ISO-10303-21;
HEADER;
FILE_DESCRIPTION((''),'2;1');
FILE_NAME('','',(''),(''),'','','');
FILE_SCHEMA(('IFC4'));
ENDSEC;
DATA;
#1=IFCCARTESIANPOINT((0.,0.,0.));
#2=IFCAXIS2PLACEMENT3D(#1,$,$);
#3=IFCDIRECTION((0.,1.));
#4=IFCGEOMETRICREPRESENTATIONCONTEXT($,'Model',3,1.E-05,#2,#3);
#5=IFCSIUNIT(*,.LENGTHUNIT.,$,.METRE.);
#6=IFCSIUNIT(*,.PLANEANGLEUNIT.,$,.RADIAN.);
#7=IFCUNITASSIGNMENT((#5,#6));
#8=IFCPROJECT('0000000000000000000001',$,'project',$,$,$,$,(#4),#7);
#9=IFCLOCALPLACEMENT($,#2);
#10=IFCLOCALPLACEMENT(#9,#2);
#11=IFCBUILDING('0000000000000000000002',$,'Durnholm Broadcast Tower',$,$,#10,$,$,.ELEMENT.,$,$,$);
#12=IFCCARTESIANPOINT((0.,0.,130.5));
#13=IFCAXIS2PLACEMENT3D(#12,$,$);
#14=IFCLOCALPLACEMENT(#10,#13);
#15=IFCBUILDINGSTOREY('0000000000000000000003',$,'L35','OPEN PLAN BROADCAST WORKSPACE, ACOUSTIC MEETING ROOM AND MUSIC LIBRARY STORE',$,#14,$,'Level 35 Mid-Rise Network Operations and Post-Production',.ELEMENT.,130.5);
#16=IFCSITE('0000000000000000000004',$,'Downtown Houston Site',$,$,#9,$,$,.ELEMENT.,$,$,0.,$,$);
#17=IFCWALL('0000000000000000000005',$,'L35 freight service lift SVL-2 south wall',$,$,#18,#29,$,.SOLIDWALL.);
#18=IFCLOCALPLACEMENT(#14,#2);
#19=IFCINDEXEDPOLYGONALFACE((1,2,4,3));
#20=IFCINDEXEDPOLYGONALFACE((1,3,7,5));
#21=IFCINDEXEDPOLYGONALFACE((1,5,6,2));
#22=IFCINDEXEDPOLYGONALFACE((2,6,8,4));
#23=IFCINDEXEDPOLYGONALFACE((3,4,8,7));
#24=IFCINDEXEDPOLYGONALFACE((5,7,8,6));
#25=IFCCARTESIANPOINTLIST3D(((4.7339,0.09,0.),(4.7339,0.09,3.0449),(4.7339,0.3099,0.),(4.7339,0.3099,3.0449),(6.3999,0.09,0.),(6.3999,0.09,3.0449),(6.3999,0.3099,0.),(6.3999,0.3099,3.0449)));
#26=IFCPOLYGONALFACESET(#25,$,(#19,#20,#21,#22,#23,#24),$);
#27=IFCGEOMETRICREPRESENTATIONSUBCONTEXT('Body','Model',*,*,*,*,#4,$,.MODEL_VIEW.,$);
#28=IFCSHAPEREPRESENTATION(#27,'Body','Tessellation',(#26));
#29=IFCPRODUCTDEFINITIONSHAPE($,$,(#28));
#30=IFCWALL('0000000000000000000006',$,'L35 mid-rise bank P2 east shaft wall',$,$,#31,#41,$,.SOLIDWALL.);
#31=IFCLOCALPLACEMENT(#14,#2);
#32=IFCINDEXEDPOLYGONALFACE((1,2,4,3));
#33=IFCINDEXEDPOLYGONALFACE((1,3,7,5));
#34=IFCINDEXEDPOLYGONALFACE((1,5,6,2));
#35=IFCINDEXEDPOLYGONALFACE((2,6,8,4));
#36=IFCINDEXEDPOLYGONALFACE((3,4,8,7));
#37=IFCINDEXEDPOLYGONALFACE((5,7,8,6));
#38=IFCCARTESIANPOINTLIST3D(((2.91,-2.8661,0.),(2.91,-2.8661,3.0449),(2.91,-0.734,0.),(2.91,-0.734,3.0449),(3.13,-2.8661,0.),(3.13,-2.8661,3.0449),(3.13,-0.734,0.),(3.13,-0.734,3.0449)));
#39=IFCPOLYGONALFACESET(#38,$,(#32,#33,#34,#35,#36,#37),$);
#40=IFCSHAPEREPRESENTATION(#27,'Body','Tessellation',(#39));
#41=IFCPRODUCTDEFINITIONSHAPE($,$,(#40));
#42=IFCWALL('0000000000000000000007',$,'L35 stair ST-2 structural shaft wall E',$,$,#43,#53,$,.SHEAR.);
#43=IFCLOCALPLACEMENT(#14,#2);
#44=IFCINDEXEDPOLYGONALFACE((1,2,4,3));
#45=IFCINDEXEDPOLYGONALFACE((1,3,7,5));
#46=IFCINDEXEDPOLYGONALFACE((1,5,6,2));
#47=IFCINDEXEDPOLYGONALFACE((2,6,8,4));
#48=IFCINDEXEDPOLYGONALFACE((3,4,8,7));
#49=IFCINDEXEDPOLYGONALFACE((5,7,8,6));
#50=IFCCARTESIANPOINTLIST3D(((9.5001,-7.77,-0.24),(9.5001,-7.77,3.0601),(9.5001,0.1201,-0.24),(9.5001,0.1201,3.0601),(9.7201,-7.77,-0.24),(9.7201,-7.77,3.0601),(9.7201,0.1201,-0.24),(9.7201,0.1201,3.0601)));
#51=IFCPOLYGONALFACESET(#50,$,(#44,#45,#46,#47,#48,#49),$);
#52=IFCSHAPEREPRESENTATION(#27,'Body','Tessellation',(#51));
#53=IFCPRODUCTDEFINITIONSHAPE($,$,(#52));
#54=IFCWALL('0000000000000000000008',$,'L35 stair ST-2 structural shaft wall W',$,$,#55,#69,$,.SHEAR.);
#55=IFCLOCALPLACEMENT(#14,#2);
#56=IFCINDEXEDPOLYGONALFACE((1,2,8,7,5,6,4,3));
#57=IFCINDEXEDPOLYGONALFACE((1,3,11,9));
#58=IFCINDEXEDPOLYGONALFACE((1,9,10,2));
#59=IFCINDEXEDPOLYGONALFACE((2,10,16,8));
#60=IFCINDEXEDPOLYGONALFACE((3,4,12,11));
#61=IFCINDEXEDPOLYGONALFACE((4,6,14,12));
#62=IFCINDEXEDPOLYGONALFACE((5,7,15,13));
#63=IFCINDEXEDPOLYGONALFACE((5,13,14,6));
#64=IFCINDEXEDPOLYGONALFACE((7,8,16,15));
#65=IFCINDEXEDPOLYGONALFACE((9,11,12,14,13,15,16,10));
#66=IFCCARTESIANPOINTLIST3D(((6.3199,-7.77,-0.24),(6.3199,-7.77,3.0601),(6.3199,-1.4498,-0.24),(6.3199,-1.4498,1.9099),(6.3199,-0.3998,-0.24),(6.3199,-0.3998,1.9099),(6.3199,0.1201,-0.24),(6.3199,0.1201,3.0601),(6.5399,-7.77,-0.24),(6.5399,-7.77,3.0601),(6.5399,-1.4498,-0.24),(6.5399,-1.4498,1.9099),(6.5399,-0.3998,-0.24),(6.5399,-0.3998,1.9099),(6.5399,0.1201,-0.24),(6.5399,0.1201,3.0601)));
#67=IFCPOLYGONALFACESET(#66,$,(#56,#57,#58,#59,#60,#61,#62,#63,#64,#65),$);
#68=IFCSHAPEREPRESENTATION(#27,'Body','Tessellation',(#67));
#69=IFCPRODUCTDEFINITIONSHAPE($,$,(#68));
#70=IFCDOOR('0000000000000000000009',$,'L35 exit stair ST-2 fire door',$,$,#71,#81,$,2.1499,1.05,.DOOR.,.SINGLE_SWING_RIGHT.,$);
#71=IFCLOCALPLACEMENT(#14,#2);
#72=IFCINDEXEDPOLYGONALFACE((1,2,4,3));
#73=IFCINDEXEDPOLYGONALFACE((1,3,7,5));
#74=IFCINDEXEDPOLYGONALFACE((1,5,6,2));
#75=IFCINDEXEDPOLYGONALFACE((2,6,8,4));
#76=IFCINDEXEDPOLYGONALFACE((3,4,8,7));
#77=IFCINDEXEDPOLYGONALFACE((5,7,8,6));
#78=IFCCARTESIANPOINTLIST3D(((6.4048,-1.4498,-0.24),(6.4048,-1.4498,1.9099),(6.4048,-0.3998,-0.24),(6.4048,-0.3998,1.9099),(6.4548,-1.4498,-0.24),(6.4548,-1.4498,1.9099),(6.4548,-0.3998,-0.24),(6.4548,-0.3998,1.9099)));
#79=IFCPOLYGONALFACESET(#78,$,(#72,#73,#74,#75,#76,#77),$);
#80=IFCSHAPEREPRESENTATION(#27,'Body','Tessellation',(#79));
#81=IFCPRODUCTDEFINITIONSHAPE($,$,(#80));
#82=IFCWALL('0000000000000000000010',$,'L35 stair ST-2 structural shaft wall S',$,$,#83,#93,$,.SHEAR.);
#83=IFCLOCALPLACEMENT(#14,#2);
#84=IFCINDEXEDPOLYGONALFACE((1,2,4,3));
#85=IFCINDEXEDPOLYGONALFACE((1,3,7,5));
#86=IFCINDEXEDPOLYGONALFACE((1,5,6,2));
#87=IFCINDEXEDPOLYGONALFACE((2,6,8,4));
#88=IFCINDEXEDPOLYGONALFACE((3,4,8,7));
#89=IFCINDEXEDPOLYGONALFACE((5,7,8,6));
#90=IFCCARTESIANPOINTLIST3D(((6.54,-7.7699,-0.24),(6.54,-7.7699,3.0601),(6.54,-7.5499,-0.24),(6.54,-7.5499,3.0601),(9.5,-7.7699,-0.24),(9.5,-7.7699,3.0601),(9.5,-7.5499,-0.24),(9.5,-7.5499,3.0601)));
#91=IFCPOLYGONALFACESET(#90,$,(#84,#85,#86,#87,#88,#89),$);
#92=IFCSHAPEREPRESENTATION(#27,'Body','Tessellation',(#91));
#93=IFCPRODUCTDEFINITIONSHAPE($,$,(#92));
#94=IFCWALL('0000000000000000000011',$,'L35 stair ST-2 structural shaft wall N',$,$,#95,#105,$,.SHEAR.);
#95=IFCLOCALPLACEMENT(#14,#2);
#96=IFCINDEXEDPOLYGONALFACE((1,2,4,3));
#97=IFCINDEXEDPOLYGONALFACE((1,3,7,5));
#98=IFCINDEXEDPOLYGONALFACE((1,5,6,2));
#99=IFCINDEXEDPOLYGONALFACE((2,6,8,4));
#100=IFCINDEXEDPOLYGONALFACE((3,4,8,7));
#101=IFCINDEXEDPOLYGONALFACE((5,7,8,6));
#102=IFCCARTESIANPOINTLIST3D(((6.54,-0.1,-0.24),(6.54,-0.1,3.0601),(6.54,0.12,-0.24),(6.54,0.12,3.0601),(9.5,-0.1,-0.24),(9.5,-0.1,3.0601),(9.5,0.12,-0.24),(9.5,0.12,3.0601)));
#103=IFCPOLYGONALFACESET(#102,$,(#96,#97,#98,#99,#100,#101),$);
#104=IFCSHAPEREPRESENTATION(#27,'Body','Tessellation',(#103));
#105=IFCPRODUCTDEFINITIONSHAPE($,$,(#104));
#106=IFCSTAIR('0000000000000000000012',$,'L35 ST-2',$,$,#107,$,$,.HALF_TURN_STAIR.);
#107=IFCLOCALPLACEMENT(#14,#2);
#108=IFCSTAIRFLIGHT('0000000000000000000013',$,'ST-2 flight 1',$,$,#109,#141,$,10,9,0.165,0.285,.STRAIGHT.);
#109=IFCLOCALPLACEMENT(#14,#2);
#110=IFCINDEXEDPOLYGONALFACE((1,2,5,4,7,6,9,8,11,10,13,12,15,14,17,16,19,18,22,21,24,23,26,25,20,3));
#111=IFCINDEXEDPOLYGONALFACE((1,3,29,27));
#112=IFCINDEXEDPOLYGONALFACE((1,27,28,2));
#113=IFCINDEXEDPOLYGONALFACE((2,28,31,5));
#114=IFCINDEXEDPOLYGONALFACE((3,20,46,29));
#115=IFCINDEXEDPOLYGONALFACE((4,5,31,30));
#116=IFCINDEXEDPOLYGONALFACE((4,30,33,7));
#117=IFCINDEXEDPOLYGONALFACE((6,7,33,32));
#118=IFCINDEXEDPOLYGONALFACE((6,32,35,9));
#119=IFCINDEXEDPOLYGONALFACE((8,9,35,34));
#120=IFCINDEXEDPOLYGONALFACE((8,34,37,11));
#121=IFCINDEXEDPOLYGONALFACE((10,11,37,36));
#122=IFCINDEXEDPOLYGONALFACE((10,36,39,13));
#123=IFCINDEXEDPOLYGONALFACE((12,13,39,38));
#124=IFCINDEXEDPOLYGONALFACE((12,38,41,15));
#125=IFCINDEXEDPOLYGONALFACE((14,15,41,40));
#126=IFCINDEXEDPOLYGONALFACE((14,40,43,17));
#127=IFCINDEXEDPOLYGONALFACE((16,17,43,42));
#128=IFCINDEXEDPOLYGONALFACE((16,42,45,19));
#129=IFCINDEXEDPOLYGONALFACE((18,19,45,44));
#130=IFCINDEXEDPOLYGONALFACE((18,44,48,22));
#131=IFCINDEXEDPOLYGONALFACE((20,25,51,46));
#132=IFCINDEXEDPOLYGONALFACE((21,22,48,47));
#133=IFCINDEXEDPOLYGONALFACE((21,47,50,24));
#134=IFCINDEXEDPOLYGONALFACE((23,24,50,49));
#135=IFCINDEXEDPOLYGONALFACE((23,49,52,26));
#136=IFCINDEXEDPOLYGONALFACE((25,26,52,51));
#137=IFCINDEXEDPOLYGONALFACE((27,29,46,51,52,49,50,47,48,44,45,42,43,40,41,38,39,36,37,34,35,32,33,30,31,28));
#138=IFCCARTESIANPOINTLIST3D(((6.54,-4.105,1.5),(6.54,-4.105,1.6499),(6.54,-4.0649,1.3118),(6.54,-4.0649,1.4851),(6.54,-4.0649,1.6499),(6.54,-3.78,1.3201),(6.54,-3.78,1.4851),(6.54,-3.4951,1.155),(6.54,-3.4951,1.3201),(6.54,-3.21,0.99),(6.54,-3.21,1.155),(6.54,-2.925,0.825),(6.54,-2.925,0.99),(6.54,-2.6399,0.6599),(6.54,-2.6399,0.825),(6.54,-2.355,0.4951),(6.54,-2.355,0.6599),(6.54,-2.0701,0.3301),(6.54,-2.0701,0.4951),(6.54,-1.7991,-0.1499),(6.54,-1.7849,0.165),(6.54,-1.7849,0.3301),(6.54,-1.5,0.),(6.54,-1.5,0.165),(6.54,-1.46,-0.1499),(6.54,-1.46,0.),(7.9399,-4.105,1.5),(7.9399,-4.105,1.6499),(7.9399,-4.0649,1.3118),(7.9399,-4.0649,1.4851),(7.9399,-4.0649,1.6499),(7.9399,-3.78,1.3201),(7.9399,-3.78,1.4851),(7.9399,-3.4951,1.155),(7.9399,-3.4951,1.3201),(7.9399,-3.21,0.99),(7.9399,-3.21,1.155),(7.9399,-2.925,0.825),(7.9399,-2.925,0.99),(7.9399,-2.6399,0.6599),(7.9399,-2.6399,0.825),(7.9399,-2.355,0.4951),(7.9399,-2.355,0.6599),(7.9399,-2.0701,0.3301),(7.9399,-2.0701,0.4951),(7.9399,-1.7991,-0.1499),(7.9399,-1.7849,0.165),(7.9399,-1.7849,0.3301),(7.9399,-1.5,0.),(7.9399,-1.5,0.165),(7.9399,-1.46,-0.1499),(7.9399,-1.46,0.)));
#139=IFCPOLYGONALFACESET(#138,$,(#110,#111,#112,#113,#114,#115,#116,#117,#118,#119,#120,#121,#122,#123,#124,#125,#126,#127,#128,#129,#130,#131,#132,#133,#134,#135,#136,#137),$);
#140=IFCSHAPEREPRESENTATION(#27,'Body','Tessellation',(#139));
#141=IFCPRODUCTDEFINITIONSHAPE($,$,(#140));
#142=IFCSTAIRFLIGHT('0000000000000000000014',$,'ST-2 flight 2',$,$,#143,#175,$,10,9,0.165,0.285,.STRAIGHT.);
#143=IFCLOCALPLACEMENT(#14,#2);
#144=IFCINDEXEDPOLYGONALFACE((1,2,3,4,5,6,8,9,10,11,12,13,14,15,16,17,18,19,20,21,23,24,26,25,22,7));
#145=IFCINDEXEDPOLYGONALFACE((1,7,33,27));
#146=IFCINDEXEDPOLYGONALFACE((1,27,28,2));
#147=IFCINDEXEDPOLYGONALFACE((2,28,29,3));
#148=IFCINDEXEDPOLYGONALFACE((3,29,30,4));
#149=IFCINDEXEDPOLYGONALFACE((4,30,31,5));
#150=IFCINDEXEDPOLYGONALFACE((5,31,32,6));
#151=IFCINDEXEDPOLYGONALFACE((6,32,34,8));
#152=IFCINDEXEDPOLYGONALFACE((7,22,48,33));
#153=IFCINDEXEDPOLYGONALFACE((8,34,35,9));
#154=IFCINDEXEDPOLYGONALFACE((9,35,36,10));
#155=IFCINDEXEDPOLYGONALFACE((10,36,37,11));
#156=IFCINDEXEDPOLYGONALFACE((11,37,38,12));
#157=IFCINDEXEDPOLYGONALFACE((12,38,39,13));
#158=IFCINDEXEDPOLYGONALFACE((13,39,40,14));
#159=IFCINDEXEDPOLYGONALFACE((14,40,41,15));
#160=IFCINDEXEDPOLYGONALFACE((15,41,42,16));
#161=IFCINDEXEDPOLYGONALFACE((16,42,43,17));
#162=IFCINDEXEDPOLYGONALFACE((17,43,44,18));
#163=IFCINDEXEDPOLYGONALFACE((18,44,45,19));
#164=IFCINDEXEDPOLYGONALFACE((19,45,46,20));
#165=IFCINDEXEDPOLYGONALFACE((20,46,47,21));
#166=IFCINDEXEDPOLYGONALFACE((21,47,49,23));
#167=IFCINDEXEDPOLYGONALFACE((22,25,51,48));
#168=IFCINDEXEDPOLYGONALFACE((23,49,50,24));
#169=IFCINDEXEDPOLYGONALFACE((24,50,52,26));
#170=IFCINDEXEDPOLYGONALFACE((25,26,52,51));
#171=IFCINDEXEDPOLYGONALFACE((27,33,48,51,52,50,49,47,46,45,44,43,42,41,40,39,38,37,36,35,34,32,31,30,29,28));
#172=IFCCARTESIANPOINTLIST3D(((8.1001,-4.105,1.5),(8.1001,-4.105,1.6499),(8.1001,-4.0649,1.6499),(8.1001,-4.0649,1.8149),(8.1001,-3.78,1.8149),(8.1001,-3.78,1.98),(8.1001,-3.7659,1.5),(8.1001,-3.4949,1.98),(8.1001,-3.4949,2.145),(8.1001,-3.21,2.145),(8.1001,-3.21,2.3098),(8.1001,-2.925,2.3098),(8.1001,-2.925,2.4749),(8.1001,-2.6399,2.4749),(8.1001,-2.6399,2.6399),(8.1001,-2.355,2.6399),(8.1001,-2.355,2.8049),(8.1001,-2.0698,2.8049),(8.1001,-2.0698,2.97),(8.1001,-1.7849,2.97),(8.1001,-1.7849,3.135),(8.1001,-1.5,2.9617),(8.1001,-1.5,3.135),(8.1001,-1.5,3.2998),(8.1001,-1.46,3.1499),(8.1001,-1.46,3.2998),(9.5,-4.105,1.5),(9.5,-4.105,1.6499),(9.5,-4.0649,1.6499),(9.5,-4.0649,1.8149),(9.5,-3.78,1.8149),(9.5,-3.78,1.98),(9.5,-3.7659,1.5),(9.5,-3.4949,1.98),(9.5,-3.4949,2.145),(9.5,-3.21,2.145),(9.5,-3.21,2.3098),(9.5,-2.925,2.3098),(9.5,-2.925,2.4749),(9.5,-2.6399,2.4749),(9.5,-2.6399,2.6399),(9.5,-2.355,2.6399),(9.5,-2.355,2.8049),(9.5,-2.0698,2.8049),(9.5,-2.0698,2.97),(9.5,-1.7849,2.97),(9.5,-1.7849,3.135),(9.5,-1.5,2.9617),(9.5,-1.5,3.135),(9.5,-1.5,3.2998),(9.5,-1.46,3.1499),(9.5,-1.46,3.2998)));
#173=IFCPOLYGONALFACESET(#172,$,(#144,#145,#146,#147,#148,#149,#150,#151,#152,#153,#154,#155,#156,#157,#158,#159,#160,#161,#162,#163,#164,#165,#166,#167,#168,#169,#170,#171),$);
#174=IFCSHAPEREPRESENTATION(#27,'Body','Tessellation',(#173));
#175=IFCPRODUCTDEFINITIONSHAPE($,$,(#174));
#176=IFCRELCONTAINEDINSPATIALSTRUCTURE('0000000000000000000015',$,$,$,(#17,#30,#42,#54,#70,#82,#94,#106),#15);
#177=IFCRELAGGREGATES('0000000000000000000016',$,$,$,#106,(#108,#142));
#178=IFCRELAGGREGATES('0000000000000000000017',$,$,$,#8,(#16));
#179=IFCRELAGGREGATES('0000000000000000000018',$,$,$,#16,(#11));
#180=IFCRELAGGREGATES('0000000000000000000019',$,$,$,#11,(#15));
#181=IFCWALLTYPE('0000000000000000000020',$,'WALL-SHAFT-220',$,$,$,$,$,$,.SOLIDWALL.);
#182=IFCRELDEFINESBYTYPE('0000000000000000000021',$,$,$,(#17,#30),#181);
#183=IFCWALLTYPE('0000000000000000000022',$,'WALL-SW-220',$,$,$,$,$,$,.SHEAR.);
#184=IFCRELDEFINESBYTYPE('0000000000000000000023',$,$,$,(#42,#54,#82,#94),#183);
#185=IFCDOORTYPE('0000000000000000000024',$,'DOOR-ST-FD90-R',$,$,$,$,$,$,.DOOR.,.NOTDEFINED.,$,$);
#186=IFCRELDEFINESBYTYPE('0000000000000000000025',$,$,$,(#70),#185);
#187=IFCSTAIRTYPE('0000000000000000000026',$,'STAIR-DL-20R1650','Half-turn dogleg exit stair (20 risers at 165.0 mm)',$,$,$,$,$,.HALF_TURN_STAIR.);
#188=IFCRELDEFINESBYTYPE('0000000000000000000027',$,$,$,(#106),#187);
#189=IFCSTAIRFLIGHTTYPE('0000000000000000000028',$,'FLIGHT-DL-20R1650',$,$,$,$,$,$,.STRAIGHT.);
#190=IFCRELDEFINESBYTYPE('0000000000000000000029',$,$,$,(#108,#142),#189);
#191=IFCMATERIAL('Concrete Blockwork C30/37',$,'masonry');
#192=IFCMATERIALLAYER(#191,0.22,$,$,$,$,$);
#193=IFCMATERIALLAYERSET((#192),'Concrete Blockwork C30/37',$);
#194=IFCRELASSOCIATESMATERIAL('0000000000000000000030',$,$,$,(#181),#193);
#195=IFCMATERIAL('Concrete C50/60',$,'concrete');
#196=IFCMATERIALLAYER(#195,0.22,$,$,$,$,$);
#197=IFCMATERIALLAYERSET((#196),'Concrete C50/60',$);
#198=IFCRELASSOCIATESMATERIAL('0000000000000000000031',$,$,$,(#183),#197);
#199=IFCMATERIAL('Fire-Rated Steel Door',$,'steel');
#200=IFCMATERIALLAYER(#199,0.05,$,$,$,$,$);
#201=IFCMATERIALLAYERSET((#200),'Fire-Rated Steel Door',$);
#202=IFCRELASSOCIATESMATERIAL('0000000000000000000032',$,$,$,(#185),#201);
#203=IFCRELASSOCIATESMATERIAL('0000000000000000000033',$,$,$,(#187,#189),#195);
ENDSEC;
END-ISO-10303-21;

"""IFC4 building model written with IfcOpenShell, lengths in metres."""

from ifc_helpers import new_model, si_unit, direction, frame, frame_2d, origin, place, context, subcontext, project, spatial, polyline, rectangle, outline, extrude, source, transform, mapped, material, layer, layer_set, type_object, type_shapes, element, fill, aggregate, save


model = new_model("IFC4")

# Units and contexts
model_context = context("Model", 3, precision=1e-05, world=origin(), true_north=direction((0.0, 1.0)))
body_context = subcontext(model_context, "Body", "Model", "MODEL_VIEW")
ifc_project = project(units=[si_unit("LENGTHUNIT", "METRE"), si_unit("PLANEANGLEUNIT", "RADIAN")], contexts=[model_context])

# Site, building, storey
site_placement = place(None, origin())
site = spatial("IfcSite", under=ifc_project, at=site_placement, Name="Downtown Houston Site", CompositionType="ELEMENT", RefElevation=0.0)
building_placement = place(site_placement, origin())
building = spatial("IfcBuilding", under=site, at=building_placement, Name="Durnholm Broadcast Tower", CompositionType="ELEMENT")
storey_placement = place(building_placement, frame((0.0, 0.0, 130.5)))
storey = spatial("IfcBuildingStorey", under=building, at=storey_placement, Name="L35", Description="OPEN PLAN BROADCAST WORKSPACE, ACOUSTIC MEETING ROOM AND MUSIC LIBRARY STORE", LongName="Level 35 Mid-Rise Network Operations and Post-Production", CompositionType="ELEMENT", Elevation=130.5)

# Walls
ifc_material_1 = material(Name="Concrete Blockwork C30/37", Category="masonry")
ifc_layer_1 = layer(ifc_material_1, 0.22)
ifc_layer_set_1 = layer_set([ifc_layer_1], Name="Concrete Blockwork C30/37")
wall_type_1 = type_object("IfcWallType", Name="WALL-SHAFT-220", PredefinedType="SOLIDWALL", material=ifc_layer_set_1)
wall_1_placement = place(storey_placement, frame((4.7339, 0.2, 0.0), z_axis=(0.0, 0.0, 1.0), x_axis=(1.0, 0.0, 0.0)))
element("IfcWall", 1, at=wall_1_placement, inside=storey, type_object=wall_type_1, Name="L35 freight service lift SVL-2 south wall", PredefinedType="SOLIDWALL", context=body_context, shape_type="SweptSolid", body=[
    extrude(rectangle(XDim=1.666, YDim=0.22, at=frame_2d((0.833, 0.0))), origin(), (0.0, 0.0, 1.0), 3.0449),
])
wall_2_placement = place(storey_placement, frame((3.02, -2.866, 0.0), z_axis=(0.0, 0.0, 1.0), x_axis=(0.0, 1.0, 0.0)))
element("IfcWall", 2, at=wall_2_placement, inside=storey, type_object=wall_type_1, Name="L35 mid-rise bank P2 east shaft wall", PredefinedType="SOLIDWALL", context=body_context, shape_type="SweptSolid", body=[
    extrude(rectangle(XDim=2.1321, YDim=0.22, at=frame_2d((1.0659, 0.0))), origin(), (0.0, 0.0, 1.0), 3.0449),
])
ifc_material_2 = material(Name="Concrete C50/60", Category="concrete")
ifc_layer_2 = layer(ifc_material_2, 0.22)
ifc_layer_set_2 = layer_set([ifc_layer_2], Name="Concrete C50/60")
wall_type_2 = type_object("IfcWallType", Name="WALL-SW-220", PredefinedType="SHEAR", material=ifc_layer_set_2)
wall_3_placement = place(storey_placement, frame((9.6101, -7.77, -0.24), z_axis=(0.0, 0.0, 1.0), x_axis=(0.0, 1.0, 0.0)))
element("IfcWall", 3, at=wall_3_placement, inside=storey, type_object=wall_type_2, Name="L35 stair ST-2 structural shaft wall E", PredefinedType="SHEAR", context=body_context, shape_type="SweptSolid", body=[
    extrude(rectangle(XDim=7.8901, YDim=0.22, at=frame_2d((3.9451, 0.0))), origin(), (0.0, 0.0, 1.0), 3.3),
])

# Wall, opening, door
wall_4_placement = place(storey_placement, frame((6.4299, 0.1201, -0.24), z_axis=(0.0, 0.0, 1.0), x_axis=(0.0, -1.0, 0.0)))
wall_4 = element("IfcWall", 4, at=wall_4_placement, inside=storey, type_object=wall_type_2, Name="L35 stair ST-2 structural shaft wall W", PredefinedType="SHEAR", context=body_context, shape_type="SweptSolid", body=[
    extrude(rectangle(XDim=7.8901, YDim=0.22, at=frame_2d((3.9451, 0.0))), origin(), (0.0, 0.0, 1.0), 3.3),
])
opening_1_placement = place(wall_4_placement, frame((0.52, 0.0, 0.0)))
opening_1 = element("IfcOpeningElement", 5, at=opening_1_placement, cuts=wall_4, PredefinedType="OPENING", context=body_context, shape_type="SweptSolid", body=[
    extrude(rectangle(XDim=1.05, YDim=2.1499, at=frame_2d((0.5249, 1.075))), frame((0.0, 0.1201, 0.0), z_axis=(0.0, -1.0, 0.0), x_axis=(1.0, 0.0, 0.0)), (0.0, 0.0, 1.0), 0.24),
])
ifc_material_3 = material(Name="Fire-Rated Steel Door", Category="steel")
ifc_layer_3 = layer(ifc_material_3, 0.05)
ifc_layer_set_3 = layer_set([ifc_layer_3], Name="Fire-Rated Steel Door")
door_type_1 = type_object("IfcDoorType", Name="DOOR-ST-FD90-R", OperationType="NOTDEFINED", PredefinedType="DOOR", material=ifc_layer_set_3)
shared_shape_1 = source(origin(), body_context, "Body", "SweptSolid", [
    extrude(rectangle(XDim=1.05, YDim=2.1499, at=frame_2d((0.5249, 1.075))), frame((0.0, 0.0249, 0.0), z_axis=(0.0, -1.0, 0.0), x_axis=(1.0, 0.0, 0.0)), (0.0, 0.0, 1.0), 0.05),
])
type_shapes(door_type_1, [shared_shape_1])
door_1_placement = place(opening_1_placement, origin())
door_1 = element("IfcDoor", 6, at=door_1_placement, inside=storey, type_object=door_type_1, Name="L35 exit stair ST-2 fire door", OperationType="SINGLE_SWING_RIGHT", OverallHeight=2.1499, OverallWidth=1.05, PredefinedType="DOOR", context=body_context, shape_type="MappedRepresentation", body=[
    mapped(shared_shape_1, transform((0.0, 0.0, 0.0), x_axis=(1.0, 0.0, 0.0), y_axis=(0.0, 1.0, 0.0), z_axis=(0.0, 0.0, 1.0), scale=1.0)),
])
fill(opening_1, door_1)

# Walls
for number, where, z_axis, x_axis, name in (
    (7, (6.54, -7.6599, -0.24), (0.0, 0.0, 1.0), (1.0, 0.0, 0.0), "L35 stair ST-2 structural shaft wall S"),
    (8, (9.5, 0.01, -0.24), (0.0, 0.0, 1.0), (-1.0, 0.0, 0.0), "L35 stair ST-2 structural shaft wall N"),
):
    element("IfcWall", number, at=place(storey_placement, frame(where, z_axis=z_axis, x_axis=x_axis)), inside=storey, type_object=wall_type_2, Name=name, PredefinedType="SHEAR", context=body_context, shape_type="SweptSolid", body=[
        extrude(rectangle(XDim=2.96, YDim=0.22, at=frame_2d((1.48, 0.0))), origin(), (0.0, 0.0, 1.0), 3.3),
    ])

# Stair, stair flights
stair_type = type_object("IfcStairType", Name="STAIR-DL-20R1650", Description="Half-turn dogleg exit stair (20 risers at 165.0 mm)", PredefinedType="HALF_TURN_STAIR", material=ifc_material_2)
stair_placement = place(storey_placement, origin())
stair = element("IfcStair", 9, at=stair_placement, inside=storey, type_object=stair_type, Name="L35 ST-2", PredefinedType="HALF_TURN_STAIR")
stair_flight_type = type_object("IfcStairFlightType", Name="FLIGHT-DL-20R1650", PredefinedType="STRAIGHT", material=ifc_material_2)
stair_flight_1_placement = place(storey_placement, frame((7.24, -1.5, 0.0), z_axis=(0.0, 0.0, 1.0), x_axis=(0.0, -1.0, 0.0)))
stair_flight_1 = element("IfcStairFlight", 10, at=stair_flight_1_placement, type_object=stair_flight_type, Name="ST-2 flight 1", NumberOfRisers=10, NumberOfTreads=9, PredefinedType="STRAIGHT", RiserHeight=0.165, TreadLength=0.285, context=body_context, shape_type="SweptSolid", body=[
    extrude(outline(polyline([(-0.04, -0.1499), (-0.04, 0.0), (0.0, 0.0), (0.0, 0.165), (0.2849, 0.165), (0.2849, 0.3301), (0.5701, 0.3301), (0.5701, 0.4951), (0.855, 0.4951), (0.855, 0.6599), (1.1399, 0.6599), (1.1399, 0.825), (1.425, 0.825), (1.425, 0.99), (1.71, 0.99), (1.71, 1.155), (1.9951, 1.155), (1.9951, 1.3201), (2.28, 1.3201), (2.28, 1.4851), (2.5649, 1.4851), (2.5649, 1.6499), (2.605, 1.6499), (2.605, 1.5), (2.5649, 1.3118), (0.2991, -0.1499), (-0.04, -0.1499)])), frame((0.0, 0.7, 0.0), z_axis=(0.0, -1.0, 0.0), x_axis=(1.0, 0.0, 0.0)), (0.0, 0.0, 1.0), 1.3999),
])
stair_flight_2_placement = place(storey_placement, frame((8.8, -4.0649, 1.6499), z_axis=(0.0, 0.0, 1.0), x_axis=(0.0, 1.0, 0.0)))
stair_flight_2 = element("IfcStairFlight", 11, at=stair_flight_2_placement, type_object=stair_flight_type, Name="ST-2 flight 2", NumberOfRisers=10, NumberOfTreads=9, PredefinedType="STRAIGHT", RiserHeight=0.165, TreadLength=0.285, context=body_context, shape_type="SweptSolid", body=[
    extrude(outline(polyline([(-0.04, -0.1499), (-0.04, 0.0), (0.0, 0.0), (0.0, 0.165), (0.2849, 0.165), (0.2849, 0.3301), (0.5701, 0.3301), (0.5701, 0.4951), (0.855, 0.4951), (0.855, 0.6599), (1.1399, 0.6599), (1.1399, 0.825), (1.425, 0.825), (1.425, 0.99), (1.71, 0.99), (1.71, 1.155), (1.9951, 1.155), (1.9951, 1.3201), (2.28, 1.3201), (2.28, 1.4851), (2.5649, 1.4851), (2.5649, 1.6499), (2.605, 1.6499), (2.605, 1.5), (2.5649, 1.3118), (0.2991, -0.1499), (-0.04, -0.1499)])), frame((0.0, 0.7, 0.0), z_axis=(0.0, -1.0, 0.0), x_axis=(1.0, 0.0, 0.0)), (0.0, 0.0, 1.0), 1.3999),
])
aggregate(stair, [stair_flight_1, stair_flight_2])

save(model, "model.ifc")
